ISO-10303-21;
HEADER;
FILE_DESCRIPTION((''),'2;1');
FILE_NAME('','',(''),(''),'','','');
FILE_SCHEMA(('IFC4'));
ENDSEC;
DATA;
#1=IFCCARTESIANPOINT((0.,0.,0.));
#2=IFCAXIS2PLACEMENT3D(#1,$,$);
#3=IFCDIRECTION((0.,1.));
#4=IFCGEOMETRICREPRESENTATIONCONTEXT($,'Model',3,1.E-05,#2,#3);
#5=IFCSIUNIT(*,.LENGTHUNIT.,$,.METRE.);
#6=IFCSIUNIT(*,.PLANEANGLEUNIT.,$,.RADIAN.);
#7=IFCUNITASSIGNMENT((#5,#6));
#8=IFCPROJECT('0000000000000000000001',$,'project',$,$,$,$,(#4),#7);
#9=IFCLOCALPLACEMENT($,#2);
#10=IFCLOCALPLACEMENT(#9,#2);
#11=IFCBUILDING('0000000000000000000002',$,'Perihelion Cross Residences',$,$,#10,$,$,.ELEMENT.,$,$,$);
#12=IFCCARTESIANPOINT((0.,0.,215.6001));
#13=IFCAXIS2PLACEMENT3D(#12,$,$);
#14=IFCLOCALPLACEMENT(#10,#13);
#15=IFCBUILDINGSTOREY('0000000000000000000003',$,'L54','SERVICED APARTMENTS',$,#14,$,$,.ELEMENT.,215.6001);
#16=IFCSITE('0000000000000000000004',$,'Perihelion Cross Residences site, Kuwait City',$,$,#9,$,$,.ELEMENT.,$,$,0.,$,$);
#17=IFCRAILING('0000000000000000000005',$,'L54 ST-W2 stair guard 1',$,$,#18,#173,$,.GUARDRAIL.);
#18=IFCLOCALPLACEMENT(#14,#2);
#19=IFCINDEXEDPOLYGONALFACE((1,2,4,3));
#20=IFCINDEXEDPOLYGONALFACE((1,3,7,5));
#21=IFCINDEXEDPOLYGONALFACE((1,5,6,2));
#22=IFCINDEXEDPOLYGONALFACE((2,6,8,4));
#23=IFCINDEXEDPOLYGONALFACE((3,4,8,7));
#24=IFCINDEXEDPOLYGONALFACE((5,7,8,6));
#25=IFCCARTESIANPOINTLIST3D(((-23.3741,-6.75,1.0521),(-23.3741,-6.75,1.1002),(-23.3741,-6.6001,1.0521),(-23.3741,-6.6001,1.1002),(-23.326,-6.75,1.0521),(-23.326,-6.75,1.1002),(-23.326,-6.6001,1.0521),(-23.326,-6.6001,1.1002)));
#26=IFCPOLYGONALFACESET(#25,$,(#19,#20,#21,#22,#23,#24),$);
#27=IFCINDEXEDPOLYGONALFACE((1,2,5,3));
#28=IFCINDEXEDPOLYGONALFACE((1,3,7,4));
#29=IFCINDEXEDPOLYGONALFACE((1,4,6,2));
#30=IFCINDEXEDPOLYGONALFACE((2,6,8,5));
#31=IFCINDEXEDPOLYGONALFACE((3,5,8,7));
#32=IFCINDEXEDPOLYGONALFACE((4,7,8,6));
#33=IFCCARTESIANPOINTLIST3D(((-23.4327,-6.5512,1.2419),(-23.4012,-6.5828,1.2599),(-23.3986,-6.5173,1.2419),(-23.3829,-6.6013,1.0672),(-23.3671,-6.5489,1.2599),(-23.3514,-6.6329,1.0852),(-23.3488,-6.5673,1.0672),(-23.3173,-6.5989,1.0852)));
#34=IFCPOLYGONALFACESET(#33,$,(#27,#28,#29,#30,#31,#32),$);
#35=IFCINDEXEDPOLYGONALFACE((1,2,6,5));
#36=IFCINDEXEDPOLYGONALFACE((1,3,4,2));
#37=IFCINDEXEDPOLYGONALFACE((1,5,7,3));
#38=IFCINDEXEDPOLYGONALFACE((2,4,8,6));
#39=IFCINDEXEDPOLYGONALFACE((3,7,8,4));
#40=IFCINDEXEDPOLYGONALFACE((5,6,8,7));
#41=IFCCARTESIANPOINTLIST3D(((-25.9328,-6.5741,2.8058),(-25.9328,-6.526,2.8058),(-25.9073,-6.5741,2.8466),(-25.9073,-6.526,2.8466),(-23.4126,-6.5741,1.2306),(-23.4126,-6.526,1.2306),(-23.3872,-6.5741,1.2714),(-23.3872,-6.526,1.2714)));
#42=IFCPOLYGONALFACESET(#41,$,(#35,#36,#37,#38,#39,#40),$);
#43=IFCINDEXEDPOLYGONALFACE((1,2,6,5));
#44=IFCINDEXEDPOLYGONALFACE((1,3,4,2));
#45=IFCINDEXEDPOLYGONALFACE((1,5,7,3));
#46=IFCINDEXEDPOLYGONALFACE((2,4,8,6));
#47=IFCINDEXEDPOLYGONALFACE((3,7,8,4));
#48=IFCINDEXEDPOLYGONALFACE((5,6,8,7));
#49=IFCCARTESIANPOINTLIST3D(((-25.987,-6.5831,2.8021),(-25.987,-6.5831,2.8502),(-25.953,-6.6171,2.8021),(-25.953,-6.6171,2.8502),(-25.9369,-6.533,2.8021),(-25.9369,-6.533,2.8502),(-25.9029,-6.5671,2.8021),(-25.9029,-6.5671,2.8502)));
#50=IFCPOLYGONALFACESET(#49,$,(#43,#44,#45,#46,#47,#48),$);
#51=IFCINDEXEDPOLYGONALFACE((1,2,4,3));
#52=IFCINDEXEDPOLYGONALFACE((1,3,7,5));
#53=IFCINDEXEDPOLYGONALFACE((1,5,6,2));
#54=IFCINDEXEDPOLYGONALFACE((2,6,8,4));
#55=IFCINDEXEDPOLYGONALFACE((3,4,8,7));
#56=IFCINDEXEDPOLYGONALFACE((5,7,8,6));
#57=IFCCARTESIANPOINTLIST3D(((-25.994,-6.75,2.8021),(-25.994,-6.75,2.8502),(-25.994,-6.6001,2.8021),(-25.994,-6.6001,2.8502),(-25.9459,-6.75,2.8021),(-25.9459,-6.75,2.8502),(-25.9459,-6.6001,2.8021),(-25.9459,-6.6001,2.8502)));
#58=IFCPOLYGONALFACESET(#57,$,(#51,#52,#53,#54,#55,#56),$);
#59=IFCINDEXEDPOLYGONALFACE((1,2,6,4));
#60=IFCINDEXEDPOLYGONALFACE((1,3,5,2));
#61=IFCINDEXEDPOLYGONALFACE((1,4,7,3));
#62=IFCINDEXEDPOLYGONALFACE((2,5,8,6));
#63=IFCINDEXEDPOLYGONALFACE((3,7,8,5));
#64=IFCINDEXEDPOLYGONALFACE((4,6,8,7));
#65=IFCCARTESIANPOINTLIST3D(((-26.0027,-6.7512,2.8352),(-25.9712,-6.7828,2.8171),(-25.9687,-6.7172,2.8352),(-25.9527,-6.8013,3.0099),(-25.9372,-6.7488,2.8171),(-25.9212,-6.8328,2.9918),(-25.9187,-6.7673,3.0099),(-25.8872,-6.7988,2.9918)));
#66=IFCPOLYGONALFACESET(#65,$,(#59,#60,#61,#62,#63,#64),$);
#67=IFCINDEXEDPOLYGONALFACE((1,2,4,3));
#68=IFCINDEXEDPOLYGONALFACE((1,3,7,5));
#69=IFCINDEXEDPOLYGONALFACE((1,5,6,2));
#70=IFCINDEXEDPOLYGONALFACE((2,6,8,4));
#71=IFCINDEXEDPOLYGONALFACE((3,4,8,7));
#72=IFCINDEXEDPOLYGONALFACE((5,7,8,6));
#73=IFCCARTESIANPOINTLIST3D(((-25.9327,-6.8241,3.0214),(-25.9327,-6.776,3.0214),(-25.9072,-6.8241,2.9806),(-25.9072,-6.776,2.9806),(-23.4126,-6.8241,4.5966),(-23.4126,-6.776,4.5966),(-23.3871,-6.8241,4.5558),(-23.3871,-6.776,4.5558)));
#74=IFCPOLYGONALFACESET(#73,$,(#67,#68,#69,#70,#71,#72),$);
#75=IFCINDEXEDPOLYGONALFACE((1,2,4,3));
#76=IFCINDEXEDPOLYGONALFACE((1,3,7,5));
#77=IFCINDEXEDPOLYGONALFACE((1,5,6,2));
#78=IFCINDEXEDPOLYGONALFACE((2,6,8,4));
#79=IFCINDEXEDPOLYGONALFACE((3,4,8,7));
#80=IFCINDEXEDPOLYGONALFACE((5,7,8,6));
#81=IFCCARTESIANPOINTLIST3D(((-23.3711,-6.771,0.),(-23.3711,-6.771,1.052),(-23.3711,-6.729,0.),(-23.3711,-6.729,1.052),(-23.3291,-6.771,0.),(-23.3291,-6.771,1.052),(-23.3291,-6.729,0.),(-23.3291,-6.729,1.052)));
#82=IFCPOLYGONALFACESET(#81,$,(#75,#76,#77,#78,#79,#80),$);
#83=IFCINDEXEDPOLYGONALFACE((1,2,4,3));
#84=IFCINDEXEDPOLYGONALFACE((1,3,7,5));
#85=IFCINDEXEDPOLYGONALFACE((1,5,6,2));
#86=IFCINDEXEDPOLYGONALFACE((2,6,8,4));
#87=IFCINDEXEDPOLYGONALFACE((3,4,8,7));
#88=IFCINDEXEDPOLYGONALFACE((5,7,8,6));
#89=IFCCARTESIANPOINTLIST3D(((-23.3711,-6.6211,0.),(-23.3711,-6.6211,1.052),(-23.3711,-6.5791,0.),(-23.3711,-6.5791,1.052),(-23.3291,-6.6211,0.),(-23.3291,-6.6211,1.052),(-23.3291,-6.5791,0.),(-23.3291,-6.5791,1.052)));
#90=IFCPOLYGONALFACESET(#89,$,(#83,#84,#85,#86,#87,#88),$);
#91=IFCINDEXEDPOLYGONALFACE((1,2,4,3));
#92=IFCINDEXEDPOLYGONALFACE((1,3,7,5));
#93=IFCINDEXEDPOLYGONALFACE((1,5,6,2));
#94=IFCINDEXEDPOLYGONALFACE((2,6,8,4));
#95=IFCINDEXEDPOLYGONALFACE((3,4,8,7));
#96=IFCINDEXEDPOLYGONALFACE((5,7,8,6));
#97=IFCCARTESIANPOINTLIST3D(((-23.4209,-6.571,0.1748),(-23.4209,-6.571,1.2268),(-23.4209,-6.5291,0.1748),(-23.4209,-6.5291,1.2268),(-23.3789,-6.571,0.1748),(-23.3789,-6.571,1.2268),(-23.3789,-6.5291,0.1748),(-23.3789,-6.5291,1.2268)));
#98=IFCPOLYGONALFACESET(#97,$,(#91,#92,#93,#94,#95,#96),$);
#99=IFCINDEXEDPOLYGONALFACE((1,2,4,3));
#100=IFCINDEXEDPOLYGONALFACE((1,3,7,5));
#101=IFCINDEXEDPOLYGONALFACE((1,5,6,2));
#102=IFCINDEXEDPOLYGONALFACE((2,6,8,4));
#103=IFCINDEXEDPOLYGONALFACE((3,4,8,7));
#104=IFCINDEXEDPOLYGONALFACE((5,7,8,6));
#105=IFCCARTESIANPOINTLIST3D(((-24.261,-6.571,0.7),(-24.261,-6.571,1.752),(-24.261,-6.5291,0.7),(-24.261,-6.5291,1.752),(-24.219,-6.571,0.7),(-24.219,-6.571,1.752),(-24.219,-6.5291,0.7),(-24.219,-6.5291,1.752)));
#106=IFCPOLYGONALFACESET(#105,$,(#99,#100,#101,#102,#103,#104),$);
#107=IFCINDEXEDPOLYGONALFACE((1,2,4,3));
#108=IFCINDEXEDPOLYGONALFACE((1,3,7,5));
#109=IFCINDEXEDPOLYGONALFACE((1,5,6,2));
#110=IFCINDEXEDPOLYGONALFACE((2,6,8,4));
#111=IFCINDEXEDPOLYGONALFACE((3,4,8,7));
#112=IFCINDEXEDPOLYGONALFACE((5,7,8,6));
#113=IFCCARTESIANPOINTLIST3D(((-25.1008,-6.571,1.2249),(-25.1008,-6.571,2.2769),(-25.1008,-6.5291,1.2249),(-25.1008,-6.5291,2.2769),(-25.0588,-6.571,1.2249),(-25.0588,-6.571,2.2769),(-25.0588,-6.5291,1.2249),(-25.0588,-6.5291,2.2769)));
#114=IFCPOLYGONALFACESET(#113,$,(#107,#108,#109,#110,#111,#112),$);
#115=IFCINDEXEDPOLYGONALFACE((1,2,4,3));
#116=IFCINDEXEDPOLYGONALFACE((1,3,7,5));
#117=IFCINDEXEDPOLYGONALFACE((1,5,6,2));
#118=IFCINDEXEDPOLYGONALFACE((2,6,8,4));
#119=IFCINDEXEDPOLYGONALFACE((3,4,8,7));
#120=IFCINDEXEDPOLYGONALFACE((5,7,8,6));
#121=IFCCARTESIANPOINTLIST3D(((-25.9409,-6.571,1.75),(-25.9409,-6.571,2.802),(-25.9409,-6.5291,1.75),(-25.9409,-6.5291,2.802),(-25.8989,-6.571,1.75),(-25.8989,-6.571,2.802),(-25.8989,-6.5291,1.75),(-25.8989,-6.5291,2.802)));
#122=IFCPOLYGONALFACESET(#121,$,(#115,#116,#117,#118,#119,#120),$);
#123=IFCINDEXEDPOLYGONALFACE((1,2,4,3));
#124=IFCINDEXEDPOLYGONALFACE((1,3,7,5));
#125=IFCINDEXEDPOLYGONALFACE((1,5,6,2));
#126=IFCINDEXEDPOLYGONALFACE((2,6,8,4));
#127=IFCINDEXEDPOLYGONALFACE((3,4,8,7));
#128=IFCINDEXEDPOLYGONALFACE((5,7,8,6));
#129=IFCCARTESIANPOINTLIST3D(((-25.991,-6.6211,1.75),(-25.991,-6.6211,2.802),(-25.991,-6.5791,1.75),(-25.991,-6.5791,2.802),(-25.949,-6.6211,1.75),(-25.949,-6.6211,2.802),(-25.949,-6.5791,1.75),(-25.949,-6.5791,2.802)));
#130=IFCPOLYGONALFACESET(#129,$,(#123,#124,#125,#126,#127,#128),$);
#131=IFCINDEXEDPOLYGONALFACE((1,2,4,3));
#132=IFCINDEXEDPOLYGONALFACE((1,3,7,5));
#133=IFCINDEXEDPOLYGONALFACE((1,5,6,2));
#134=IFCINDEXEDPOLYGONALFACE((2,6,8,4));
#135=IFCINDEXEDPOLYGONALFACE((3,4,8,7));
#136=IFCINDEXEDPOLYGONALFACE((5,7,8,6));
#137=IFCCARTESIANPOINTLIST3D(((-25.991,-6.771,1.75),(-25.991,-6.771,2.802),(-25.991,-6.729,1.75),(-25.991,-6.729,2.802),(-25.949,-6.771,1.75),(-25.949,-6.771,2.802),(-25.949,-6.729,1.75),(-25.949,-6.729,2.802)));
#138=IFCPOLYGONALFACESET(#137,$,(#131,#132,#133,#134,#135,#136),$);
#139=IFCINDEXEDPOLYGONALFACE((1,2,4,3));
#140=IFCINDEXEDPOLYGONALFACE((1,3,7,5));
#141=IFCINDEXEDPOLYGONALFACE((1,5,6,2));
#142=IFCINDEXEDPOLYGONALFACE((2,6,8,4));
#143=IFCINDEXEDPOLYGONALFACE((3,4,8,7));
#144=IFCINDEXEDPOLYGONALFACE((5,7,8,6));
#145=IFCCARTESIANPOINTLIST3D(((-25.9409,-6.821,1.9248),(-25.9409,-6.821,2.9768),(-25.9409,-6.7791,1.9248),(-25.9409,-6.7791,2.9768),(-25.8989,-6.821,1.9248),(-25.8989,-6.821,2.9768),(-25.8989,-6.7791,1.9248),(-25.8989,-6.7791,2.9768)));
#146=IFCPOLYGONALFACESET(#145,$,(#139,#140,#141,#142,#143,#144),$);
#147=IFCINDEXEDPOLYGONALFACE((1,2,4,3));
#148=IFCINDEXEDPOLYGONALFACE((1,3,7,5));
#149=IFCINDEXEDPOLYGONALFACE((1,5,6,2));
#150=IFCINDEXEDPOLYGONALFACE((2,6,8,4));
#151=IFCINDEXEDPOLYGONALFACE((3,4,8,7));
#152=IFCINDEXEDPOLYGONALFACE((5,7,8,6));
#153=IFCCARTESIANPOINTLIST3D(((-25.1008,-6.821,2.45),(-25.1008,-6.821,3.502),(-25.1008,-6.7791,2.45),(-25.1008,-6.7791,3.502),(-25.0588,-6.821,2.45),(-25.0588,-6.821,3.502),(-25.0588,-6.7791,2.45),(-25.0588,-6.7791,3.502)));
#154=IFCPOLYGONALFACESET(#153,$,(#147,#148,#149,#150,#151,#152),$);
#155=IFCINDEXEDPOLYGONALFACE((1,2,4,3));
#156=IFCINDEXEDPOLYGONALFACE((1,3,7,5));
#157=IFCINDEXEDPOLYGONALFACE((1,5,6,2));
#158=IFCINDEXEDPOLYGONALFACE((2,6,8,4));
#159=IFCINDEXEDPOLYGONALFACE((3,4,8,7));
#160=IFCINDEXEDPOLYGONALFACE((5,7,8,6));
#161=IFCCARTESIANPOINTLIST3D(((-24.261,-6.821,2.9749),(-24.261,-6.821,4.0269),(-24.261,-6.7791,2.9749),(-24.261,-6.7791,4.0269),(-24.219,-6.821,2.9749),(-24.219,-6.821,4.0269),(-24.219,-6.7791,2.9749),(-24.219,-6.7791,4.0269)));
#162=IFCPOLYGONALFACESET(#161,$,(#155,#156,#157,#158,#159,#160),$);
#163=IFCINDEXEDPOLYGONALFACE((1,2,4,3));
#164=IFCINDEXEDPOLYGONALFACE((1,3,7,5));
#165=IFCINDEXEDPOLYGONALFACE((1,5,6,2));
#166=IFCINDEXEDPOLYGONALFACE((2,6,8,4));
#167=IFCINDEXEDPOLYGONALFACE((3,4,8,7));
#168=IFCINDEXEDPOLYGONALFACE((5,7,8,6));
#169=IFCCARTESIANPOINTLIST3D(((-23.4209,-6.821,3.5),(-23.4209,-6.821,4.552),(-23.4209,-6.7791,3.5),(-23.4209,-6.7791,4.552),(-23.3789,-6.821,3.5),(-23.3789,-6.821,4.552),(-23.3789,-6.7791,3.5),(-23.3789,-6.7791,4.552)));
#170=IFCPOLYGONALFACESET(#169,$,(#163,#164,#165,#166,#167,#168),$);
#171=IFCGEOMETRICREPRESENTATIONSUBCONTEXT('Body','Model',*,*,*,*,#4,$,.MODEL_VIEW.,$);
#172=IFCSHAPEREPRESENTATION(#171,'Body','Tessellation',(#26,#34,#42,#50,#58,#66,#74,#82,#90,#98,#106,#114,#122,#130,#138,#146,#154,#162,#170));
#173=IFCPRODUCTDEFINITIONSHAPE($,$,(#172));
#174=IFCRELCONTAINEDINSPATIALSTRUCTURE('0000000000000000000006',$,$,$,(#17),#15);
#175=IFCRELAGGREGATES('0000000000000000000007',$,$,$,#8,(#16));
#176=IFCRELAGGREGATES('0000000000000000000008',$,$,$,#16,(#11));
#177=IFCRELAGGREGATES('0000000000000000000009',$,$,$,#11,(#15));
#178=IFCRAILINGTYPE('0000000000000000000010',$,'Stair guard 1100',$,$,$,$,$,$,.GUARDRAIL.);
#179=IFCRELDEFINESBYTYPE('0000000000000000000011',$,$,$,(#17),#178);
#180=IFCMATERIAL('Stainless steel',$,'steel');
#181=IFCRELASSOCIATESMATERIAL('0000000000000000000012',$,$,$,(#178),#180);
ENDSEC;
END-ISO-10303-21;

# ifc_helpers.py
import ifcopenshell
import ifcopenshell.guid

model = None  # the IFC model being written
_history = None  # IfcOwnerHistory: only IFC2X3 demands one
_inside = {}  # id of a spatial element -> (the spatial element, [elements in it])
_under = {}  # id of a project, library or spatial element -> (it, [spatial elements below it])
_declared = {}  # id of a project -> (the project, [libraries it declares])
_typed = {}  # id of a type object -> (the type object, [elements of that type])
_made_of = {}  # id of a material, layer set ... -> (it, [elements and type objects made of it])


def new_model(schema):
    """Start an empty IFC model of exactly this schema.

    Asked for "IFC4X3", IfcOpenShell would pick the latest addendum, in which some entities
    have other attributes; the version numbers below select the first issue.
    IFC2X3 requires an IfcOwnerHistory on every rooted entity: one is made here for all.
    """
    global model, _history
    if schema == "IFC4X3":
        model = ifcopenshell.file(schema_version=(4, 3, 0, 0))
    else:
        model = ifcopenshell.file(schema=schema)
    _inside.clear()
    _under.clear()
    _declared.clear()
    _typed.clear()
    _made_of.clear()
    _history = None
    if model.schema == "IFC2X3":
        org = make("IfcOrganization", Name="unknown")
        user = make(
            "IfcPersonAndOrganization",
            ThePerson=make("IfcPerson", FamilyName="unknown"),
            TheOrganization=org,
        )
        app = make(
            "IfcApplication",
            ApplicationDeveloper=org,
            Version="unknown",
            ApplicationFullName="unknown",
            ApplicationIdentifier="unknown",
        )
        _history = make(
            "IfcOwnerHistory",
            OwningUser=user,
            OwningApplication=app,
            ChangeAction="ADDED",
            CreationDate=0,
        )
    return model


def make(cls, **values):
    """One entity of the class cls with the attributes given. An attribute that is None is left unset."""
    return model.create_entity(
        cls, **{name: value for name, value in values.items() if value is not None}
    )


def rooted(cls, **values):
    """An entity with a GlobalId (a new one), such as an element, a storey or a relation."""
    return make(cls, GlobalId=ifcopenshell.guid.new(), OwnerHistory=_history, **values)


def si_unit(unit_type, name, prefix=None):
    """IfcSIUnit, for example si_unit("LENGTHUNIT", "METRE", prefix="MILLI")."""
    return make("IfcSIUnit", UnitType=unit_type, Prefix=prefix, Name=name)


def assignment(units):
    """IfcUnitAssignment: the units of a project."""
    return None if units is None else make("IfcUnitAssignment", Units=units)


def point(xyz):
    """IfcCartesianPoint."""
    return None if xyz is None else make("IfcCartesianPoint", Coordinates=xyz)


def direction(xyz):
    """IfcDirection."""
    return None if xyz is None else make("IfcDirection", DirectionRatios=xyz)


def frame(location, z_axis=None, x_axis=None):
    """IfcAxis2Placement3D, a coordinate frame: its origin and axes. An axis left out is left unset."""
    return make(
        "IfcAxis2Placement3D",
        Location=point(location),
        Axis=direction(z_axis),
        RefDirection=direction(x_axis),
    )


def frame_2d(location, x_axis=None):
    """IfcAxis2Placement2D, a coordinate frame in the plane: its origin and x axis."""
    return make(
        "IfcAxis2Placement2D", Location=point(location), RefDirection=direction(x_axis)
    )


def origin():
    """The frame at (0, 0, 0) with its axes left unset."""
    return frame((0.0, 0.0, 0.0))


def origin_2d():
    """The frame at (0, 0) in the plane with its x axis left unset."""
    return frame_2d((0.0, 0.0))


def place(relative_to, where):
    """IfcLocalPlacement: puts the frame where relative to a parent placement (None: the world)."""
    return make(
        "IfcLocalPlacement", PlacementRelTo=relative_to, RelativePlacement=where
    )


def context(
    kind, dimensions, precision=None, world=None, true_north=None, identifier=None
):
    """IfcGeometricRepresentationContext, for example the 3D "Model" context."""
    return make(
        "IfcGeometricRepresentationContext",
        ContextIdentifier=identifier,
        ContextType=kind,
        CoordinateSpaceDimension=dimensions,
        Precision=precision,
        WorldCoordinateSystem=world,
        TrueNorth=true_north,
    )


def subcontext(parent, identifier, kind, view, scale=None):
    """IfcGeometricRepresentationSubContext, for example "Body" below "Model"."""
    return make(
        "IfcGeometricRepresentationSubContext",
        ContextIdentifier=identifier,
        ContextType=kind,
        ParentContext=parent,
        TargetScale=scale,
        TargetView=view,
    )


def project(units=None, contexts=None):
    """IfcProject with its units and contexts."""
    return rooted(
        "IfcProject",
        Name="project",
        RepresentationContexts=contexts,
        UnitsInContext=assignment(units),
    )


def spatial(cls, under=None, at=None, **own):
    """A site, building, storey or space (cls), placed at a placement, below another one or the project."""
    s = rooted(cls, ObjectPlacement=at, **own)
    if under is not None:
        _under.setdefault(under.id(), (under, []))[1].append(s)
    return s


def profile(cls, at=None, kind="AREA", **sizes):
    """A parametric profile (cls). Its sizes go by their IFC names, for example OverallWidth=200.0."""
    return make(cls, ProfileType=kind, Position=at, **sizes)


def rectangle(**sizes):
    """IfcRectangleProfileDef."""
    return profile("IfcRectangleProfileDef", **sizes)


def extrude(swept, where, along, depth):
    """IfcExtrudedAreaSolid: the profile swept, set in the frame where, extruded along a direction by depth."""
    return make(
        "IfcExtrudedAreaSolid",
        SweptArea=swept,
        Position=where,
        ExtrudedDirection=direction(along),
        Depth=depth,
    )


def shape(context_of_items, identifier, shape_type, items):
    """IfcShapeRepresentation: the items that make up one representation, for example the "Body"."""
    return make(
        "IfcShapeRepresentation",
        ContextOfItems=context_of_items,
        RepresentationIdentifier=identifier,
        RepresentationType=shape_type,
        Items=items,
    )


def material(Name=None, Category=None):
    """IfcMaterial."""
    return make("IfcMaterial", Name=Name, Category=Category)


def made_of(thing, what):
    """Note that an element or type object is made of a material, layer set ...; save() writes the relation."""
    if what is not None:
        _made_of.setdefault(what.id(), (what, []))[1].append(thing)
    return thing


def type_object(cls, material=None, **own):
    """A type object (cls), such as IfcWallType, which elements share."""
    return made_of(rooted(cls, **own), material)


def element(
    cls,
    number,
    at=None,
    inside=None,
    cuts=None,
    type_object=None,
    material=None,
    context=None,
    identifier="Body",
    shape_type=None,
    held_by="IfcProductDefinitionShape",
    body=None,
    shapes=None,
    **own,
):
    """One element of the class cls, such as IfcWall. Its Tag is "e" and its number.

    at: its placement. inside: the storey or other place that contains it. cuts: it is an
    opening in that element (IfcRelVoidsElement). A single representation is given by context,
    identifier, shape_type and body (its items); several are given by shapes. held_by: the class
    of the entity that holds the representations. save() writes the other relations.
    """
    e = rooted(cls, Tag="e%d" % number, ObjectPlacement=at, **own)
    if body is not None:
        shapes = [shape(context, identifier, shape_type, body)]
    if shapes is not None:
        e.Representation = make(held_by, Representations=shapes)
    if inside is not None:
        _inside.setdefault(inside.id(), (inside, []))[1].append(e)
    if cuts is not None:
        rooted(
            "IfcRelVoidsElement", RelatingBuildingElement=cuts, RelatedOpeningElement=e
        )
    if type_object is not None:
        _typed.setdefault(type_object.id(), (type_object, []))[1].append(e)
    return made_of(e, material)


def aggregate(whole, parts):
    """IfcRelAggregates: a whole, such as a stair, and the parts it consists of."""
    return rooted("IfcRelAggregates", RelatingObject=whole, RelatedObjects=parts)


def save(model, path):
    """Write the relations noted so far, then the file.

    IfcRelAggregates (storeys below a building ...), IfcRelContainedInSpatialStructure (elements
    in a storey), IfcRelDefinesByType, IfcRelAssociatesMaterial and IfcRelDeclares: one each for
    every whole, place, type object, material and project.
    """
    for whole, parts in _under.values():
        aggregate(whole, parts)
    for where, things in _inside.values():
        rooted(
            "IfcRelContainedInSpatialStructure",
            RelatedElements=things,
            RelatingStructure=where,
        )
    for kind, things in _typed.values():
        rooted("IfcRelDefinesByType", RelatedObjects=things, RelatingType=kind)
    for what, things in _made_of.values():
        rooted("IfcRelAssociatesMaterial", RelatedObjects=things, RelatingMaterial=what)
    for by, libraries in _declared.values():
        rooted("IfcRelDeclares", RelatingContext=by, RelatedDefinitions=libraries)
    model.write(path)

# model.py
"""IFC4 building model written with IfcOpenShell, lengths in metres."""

from ifc_helpers import new_model, si_unit, direction, frame, origin, origin_2d, place, context, subcontext, project, spatial, rectangle, extrude, material, type_object, element, save


model = new_model("IFC4")

# Units and contexts
model_context = context("Model", 3, precision=1e-05, world=origin(), true_north=direction((0.0, 1.0)))
body_context = subcontext(model_context, "Body", "Model", "MODEL_VIEW")
ifc_project = project(units=[si_unit("LENGTHUNIT", "METRE"), si_unit("PLANEANGLEUNIT", "RADIAN")], contexts=[model_context])

# Site, building, storey
site_placement = place(None, origin())
site = spatial("IfcSite", under=ifc_project, at=site_placement, Name="Perihelion Cross Residences site, Kuwait City", CompositionType="ELEMENT", RefElevation=0.0)
building_placement = place(site_placement, origin())
building = spatial("IfcBuilding", under=site, at=building_placement, Name="Perihelion Cross Residences", CompositionType="ELEMENT")
storey_placement = place(building_placement, frame((0.0, 0.0, 215.6001)))
storey = spatial("IfcBuildingStorey", under=building, at=storey_placement, Name="L54", Description="SERVICED APARTMENTS", CompositionType="ELEMENT", Elevation=215.6001)

# Railing
ifc_material_1 = material(Name="Stainless steel", Category="steel")
railing_type_1 = type_object("IfcRailingType", Name="Stair guard 1100", PredefinedType="GUARDRAIL", material=ifc_material_1)
railing_1_placement = place(storey_placement, frame((-23.3501, -6.75, 0.0)))
element("IfcRailing", 1, at=railing_1_placement, inside=storey, type_object=railing_type_1, Name="L54 ST-W2 stair guard 1", PredefinedType="GUARDRAIL", context=body_context, shape_type="SweptSolid", body=[
    extrude(rectangle(XDim=0.0481, YDim=0.0481, at=origin_2d()), frame((0.0, 0.0, 1.0762), z_axis=(0.0, 1.0, 0.0), x_axis=(-1.0, 0.0, 0.0)), (0.0, 0.0, 1.0), 0.1499),
    extrude(rectangle(XDim=0.0481, YDim=0.0481, at=origin_2d()), frame((0.0, 0.1499, 1.0762), z_axis=(-0.264179, 0.265474, 0.927218), x_axis=(-0.708834, -0.705376, 0.0)), (0.0, 0.0, 1.0), 0.1885),
    extrude(rectangle(XDim=0.0481, YDim=0.0481, at=origin_2d()), frame((-0.0498, 0.2, 1.251), z_axis=(-0.847971, 0.0, 0.530043), x_axis=(0.0, -1.0, 0.0)), (0.0, 0.0, 1.0), 2.9719),
    extrude(rectangle(XDim=0.0481, YDim=0.0481, at=origin_2d()), frame((-2.5698, 0.2, 2.8262), z_axis=(-0.707107, -0.707107, 0.0), x_axis=(0.707107, -0.707107, 0.0)), (0.0, 0.0, 1.0), 0.0708),
    extrude(rectangle(XDim=0.0481, YDim=0.0481, at=origin_2d()), frame((-2.6199, 0.1499, 2.8262), z_axis=(0.0, -1.0, 0.0), x_axis=(1.0, 0.0, 0.0)), (0.0, 0.0, 1.0), 0.1499),
    extrude(rectangle(XDim=0.0481, YDim=0.0481, at=origin_2d()), frame((-2.6199, 0.0, 2.8262), z_axis=(0.265383, -0.265383, 0.9269), x_axis=(0.707107, 0.707107, 0.0)), (0.0, 0.0, 1.0), 0.1885),
    extrude(rectangle(XDim=0.0481, YDim=0.0481, at=origin_2d()), frame((-2.5698, -0.05, 3.001), z_axis=(0.847971, 0.0, 0.530043), x_axis=(0.0, 1.0, 0.0)), (0.0, 0.0, 1.0), 2.9719),
    extrude(rectangle(XDim=0.042, YDim=0.042, at=origin_2d()), origin(), (0.0, 0.0, 1.0), 1.052),
    extrude(rectangle(XDim=0.042, YDim=0.042, at=origin_2d()), frame((0.0, 0.1499, 0.0)), (0.0, 0.0, 1.0), 1.052),
    extrude(rectangle(XDim=0.042, YDim=0.042, at=origin_2d()), frame((-0.0498, 0.2, 0.1748)), (0.0, 0.0, 1.0), 1.052),
    extrude(rectangle(XDim=0.042, YDim=0.042, at=origin_2d()), frame((-0.8899, 0.2, 0.7)), (0.0, 0.0, 1.0), 1.052),
    extrude(rectangle(XDim=0.042, YDim=0.042, at=origin_2d()), frame((-1.7297, 0.2, 1.2249)), (0.0, 0.0, 1.0), 1.052),
    extrude(rectangle(XDim=0.042, YDim=0.042, at=origin_2d()), frame((-2.5698, 0.2, 1.75)), (0.0, 0.0, 1.0), 1.052),
    extrude(rectangle(XDim=0.042, YDim=0.042, at=origin_2d()), frame((-2.6199, 0.1499, 1.75)), (0.0, 0.0, 1.0), 1.052),
    extrude(rectangle(XDim=0.042, YDim=0.042, at=origin_2d()), frame((-2.6199, 0.0, 1.75)), (0.0, 0.0, 1.0), 1.052),
    extrude(rectangle(XDim=0.042, YDim=0.042, at=origin_2d()), frame((-2.5698, -0.05, 1.9248)), (0.0, 0.0, 1.0), 1.052),
    extrude(rectangle(XDim=0.042, YDim=0.042, at=origin_2d()), frame((-1.7297, -0.05, 2.45)), (0.0, 0.0, 1.0), 1.052),
    extrude(rectangle(XDim=0.042, YDim=0.042, at=origin_2d()), frame((-0.8899, -0.05, 2.9749)), (0.0, 0.0, 1.0), 1.052),
    extrude(rectangle(XDim=0.042, YDim=0.042, at=origin_2d()), frame((-0.0498, -0.05, 3.5)), (0.0, 0.0, 1.0), 1.052),
])

save(model, "model.ifc")
